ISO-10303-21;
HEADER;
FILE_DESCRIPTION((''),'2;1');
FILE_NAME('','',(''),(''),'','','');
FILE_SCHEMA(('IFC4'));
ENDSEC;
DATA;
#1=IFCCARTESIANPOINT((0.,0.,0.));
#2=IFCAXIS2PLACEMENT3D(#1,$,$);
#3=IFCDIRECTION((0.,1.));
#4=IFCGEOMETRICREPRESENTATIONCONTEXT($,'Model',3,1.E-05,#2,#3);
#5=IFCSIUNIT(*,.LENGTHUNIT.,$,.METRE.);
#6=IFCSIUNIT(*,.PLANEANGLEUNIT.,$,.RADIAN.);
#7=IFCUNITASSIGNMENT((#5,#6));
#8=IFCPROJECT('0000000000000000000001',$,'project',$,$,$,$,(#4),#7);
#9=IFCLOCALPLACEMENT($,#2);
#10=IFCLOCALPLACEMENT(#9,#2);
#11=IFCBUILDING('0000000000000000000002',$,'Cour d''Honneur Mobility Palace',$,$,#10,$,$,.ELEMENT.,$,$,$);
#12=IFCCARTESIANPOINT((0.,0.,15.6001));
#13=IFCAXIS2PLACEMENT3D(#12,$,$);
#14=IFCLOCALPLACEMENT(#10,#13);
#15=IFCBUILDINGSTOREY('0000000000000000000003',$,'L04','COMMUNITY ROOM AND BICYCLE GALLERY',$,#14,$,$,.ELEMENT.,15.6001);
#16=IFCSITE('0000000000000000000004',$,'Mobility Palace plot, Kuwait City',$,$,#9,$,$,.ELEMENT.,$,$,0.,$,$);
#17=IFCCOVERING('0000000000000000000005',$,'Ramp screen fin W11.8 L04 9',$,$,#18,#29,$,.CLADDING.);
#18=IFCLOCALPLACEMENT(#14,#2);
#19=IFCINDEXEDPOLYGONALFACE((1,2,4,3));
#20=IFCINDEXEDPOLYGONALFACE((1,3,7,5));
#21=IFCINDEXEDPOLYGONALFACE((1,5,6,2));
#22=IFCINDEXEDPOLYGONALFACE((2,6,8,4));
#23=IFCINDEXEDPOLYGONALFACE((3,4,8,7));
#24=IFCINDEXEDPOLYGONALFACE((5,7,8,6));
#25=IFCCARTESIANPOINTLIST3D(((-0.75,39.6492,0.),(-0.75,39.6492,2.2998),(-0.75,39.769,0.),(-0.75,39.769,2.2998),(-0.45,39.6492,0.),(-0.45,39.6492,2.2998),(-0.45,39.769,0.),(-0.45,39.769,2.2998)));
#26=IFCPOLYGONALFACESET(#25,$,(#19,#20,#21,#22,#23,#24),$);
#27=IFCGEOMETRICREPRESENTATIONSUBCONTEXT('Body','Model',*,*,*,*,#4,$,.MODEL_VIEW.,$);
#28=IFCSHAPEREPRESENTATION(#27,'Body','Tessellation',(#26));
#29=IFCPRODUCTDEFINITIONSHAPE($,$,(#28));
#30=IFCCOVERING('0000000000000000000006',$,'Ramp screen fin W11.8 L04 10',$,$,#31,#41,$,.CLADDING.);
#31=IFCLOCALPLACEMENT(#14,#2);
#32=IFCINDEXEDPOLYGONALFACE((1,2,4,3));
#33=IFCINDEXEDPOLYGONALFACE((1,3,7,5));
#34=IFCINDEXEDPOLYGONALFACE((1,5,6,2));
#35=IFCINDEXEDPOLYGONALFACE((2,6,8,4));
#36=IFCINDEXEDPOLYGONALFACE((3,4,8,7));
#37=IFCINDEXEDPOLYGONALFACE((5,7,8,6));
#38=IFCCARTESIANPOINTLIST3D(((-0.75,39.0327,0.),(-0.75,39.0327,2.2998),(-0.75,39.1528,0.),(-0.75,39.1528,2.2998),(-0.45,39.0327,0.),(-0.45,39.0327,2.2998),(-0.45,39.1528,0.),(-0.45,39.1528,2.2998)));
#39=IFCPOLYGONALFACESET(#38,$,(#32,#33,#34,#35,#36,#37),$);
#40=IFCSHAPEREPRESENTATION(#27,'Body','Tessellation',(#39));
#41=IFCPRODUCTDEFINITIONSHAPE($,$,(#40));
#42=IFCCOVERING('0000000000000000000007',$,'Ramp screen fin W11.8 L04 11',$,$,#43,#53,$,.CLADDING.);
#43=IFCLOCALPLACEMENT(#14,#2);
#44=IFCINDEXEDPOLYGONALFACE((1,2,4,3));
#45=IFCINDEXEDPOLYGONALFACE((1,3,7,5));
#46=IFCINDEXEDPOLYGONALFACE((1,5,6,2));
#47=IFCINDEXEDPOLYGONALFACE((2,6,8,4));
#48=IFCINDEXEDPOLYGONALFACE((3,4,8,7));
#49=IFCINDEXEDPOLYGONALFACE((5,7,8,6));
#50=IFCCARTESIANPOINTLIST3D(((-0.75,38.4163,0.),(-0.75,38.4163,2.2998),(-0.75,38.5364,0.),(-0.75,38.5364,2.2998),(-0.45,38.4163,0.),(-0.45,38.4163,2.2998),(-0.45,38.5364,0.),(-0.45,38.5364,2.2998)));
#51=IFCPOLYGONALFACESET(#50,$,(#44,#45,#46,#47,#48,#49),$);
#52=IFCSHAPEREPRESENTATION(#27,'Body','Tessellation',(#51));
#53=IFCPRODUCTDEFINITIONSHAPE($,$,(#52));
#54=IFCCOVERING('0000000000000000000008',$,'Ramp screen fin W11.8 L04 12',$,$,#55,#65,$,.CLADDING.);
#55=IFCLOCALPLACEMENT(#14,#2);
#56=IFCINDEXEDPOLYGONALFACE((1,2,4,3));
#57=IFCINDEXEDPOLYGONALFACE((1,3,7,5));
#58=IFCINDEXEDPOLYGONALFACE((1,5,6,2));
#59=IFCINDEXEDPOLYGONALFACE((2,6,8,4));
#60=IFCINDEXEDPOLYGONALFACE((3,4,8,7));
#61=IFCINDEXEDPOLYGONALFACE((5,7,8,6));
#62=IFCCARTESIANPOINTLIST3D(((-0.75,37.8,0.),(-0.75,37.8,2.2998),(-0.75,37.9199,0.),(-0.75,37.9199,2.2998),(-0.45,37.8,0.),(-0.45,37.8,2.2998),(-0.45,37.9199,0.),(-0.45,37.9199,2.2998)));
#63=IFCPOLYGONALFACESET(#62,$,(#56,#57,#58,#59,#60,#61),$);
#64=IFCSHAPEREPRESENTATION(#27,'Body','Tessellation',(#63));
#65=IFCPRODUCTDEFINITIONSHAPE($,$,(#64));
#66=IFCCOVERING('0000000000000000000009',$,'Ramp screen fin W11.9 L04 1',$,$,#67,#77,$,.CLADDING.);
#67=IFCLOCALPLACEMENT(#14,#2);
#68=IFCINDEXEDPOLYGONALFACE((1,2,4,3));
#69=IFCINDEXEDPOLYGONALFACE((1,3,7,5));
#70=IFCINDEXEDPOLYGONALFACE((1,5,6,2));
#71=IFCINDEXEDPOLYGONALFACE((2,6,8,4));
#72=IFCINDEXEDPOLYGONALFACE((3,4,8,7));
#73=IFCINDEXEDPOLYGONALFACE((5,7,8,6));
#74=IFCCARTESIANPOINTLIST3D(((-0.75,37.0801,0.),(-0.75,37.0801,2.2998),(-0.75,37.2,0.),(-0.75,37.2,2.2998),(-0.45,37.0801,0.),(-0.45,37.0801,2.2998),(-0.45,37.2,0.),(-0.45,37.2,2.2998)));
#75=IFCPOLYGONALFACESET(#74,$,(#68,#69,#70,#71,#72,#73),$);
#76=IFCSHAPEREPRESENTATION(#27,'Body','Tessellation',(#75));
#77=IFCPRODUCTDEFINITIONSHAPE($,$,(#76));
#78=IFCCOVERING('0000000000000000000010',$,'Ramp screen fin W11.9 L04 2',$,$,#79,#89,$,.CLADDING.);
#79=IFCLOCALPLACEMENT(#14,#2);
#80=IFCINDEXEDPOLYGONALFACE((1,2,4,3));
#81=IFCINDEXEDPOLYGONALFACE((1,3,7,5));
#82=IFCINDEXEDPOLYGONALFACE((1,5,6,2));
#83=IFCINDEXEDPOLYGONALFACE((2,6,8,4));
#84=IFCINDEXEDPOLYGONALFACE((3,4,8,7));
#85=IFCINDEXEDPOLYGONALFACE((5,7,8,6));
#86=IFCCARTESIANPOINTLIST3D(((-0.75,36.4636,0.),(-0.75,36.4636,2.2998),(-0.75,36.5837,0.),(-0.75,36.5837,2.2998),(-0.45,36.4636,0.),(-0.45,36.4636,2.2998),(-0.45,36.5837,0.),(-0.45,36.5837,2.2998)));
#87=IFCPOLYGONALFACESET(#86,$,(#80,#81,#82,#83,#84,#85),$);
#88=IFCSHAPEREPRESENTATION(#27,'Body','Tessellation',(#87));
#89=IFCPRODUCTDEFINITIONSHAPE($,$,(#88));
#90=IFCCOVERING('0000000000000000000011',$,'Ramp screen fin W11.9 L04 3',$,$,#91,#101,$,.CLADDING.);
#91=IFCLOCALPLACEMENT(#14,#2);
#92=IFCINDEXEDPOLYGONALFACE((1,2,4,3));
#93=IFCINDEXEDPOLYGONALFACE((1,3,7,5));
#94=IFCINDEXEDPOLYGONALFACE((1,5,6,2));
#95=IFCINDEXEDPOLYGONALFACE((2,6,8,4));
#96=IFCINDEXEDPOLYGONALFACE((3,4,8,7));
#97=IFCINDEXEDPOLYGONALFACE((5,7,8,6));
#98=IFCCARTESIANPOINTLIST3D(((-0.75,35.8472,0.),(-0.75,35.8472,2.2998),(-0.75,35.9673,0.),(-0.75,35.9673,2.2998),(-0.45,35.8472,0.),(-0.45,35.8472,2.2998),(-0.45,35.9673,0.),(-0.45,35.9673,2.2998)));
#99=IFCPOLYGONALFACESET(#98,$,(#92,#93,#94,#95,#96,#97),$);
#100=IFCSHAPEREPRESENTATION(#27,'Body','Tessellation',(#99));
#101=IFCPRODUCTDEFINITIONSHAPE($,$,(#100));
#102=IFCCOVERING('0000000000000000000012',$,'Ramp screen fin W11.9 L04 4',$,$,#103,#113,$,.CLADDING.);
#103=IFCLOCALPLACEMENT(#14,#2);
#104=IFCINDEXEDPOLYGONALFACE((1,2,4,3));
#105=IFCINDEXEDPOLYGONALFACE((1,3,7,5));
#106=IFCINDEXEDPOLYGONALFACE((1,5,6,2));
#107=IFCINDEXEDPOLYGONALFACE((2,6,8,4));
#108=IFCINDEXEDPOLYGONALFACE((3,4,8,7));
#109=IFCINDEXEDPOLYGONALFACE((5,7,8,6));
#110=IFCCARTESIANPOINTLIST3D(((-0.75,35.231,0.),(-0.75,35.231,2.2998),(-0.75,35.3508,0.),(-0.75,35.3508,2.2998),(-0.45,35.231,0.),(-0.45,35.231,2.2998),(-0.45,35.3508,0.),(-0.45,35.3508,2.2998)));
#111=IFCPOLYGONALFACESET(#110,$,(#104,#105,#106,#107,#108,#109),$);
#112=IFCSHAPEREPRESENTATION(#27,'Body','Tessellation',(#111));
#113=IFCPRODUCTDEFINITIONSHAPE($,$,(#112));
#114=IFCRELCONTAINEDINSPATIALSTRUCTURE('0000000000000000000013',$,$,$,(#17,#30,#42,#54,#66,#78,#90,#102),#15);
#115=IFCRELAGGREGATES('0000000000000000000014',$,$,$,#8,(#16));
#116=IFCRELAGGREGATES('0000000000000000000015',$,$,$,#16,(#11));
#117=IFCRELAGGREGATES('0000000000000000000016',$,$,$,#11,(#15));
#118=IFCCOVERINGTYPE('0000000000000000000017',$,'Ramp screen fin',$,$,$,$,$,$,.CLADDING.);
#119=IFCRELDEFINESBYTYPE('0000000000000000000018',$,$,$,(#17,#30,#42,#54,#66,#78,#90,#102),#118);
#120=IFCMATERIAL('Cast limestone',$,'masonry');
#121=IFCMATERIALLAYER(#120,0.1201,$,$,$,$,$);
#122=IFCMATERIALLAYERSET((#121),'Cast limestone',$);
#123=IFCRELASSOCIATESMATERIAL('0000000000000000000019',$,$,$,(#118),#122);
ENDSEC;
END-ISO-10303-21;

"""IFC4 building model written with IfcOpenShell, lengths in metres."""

from ifc_helpers import new_model, si_unit, direction, frame, origin, place, context, subcontext, project, spatial, polyline, outline, extrude, material, layer, layer_set, type_object, element, save


model = new_model("IFC4")

# Units and contexts
model_context = context("Model", 3, precision=1e-05, world=origin(), true_north=direction((0.0, 1.0)))
body_context = subcontext(model_context, "Body", "Model", "MODEL_VIEW")
ifc_project = project(units=[si_unit("LENGTHUNIT", "METRE"), si_unit("PLANEANGLEUNIT", "RADIAN")], contexts=[model_context])

# Site, building, storey
site_placement = place(None, origin())
site = spatial("IfcSite", under=ifc_project, at=site_placement, Name="Mobility Palace plot, Kuwait City", CompositionType="ELEMENT", RefElevation=0.0)
building_placement = place(site_placement, origin())
building = spatial("IfcBuilding", under=site, at=building_placement, Name="Cour d'Honneur Mobility Palace", CompositionType="ELEMENT")
storey_placement = place(building_placement, frame((0.0, 0.0, 15.6001)))
storey = spatial("IfcBuildingStorey", under=building, at=storey_placement, Name="L04", Description="COMMUNITY ROOM AND BICYCLE GALLERY", CompositionType="ELEMENT", Elevation=15.6001)

# Coverings
ifc_material = material(Name="Cast limestone", Category="masonry")
ifc_layer = layer(ifc_material, 0.1201)
ifc_layer_set = layer_set([ifc_layer], Name="Cast limestone")
covering_type = type_object("IfcCoveringType", Name="Ramp screen fin", PredefinedType="CLADDING", material=ifc_layer_set)
covering_1_placement = place(storey_placement, origin())
element("IfcCovering", 1, at=covering_1_placement, inside=storey, type_object=covering_type, Name="Ramp screen fin W11.8 L04 9", PredefinedType="CLADDING", context=body_context, shape_type="SweptSolid", body=[
    extrude(outline(polyline([(-0.45, 39.769), (-0.45, 39.6492), (-0.75, 39.6492), (-0.75, 39.769), (-0.45, 39.769)])), origin(), (0.0, 0.0, 1.0), 2.2998),
])
covering_2_placement = place(storey_placement, origin())
element("IfcCovering", 2, at=covering_2_placement, inside=storey, type_object=covering_type, Name="Ramp screen fin W11.8 L04 10", PredefinedType="CLADDING", context=body_context, shape_type="SweptSolid", body=[
    extrude(outline(polyline([(-0.45, 39.1528), (-0.45, 39.0327), (-0.75, 39.0327), (-0.75, 39.1528), (-0.45, 39.1528)])), origin(), (0.0, 0.0, 1.0), 2.2998),
])
covering_3_placement = place(storey_placement, origin())
element("IfcCovering", 3, at=covering_3_placement, inside=storey, type_object=covering_type, Name="Ramp screen fin W11.8 L04 11", PredefinedType="CLADDING", context=body_context, shape_type="SweptSolid", body=[
    extrude(outline(polyline([(-0.45, 38.5364), (-0.45, 38.4163), (-0.75, 38.4163), (-0.75, 38.5364), (-0.45, 38.5364)])), origin(), (0.0, 0.0, 1.0), 2.2998),
])
covering_4_placement = place(storey_placement, origin())
element("IfcCovering", 4, at=covering_4_placement, inside=storey, type_object=covering_type, Name="Ramp screen fin W11.8 L04 12", PredefinedType="CLADDING", context=body_context, shape_type="SweptSolid", body=[
    extrude(outline(polyline([(-0.45, 37.9199), (-0.45, 37.8), (-0.75, 37.8), (-0.75, 37.9199), (-0.45, 37.9199)])), origin(), (0.0, 0.0, 1.0), 2.2998),
])
covering_5_placement = place(storey_placement, origin())
element("IfcCovering", 5, at=covering_5_placement, inside=storey, type_object=covering_type, Name="Ramp screen fin W11.9 L04 1", PredefinedType="CLADDING", context=body_context, shape_type="SweptSolid", body=[
    extrude(outline(polyline([(-0.45, 37.2), (-0.45, 37.0801), (-0.75, 37.0801), (-0.75, 37.2), (-0.45, 37.2)])), origin(), (0.0, 0.0, 1.0), 2.2998),
])
covering_6_placement = place(storey_placement, origin())
element("IfcCovering", 6, at=covering_6_placement, inside=storey, type_object=covering_type, Name="Ramp screen fin W11.9 L04 2", PredefinedType="CLADDING", context=body_context, shape_type="SweptSolid", body=[
    extrude(outline(polyline([(-0.45, 36.5837), (-0.45, 36.4636), (-0.75, 36.4636), (-0.75, 36.5837), (-0.45, 36.5837)])), origin(), (0.0, 0.0, 1.0), 2.2998),
])
covering_7_placement = place(storey_placement, origin())
element("IfcCovering", 7, at=covering_7_placement, inside=storey, type_object=covering_type, Name="Ramp screen fin W11.9 L04 3", PredefinedType="CLADDING", context=body_context, shape_type="SweptSolid", body=[
    extrude(outline(polyline([(-0.45, 35.9673), (-0.45, 35.8472), (-0.75, 35.8472), (-0.75, 35.9673), (-0.45, 35.9673)])), origin(), (0.0, 0.0, 1.0), 2.2998),
])
covering_8_placement = place(storey_placement, origin())
element("IfcCovering", 8, at=covering_8_placement, inside=storey, type_object=covering_type, Name="Ramp screen fin W11.9 L04 4", PredefinedType="CLADDING", context=body_context, shape_type="SweptSolid", body=[
    extrude(outline(polyline([(-0.45, 35.3508), (-0.45, 35.231), (-0.75, 35.231), (-0.75, 35.3508), (-0.45, 35.3508)])), origin(), (0.0, 0.0, 1.0), 2.2998),
])

save(model, "model.ifc")
